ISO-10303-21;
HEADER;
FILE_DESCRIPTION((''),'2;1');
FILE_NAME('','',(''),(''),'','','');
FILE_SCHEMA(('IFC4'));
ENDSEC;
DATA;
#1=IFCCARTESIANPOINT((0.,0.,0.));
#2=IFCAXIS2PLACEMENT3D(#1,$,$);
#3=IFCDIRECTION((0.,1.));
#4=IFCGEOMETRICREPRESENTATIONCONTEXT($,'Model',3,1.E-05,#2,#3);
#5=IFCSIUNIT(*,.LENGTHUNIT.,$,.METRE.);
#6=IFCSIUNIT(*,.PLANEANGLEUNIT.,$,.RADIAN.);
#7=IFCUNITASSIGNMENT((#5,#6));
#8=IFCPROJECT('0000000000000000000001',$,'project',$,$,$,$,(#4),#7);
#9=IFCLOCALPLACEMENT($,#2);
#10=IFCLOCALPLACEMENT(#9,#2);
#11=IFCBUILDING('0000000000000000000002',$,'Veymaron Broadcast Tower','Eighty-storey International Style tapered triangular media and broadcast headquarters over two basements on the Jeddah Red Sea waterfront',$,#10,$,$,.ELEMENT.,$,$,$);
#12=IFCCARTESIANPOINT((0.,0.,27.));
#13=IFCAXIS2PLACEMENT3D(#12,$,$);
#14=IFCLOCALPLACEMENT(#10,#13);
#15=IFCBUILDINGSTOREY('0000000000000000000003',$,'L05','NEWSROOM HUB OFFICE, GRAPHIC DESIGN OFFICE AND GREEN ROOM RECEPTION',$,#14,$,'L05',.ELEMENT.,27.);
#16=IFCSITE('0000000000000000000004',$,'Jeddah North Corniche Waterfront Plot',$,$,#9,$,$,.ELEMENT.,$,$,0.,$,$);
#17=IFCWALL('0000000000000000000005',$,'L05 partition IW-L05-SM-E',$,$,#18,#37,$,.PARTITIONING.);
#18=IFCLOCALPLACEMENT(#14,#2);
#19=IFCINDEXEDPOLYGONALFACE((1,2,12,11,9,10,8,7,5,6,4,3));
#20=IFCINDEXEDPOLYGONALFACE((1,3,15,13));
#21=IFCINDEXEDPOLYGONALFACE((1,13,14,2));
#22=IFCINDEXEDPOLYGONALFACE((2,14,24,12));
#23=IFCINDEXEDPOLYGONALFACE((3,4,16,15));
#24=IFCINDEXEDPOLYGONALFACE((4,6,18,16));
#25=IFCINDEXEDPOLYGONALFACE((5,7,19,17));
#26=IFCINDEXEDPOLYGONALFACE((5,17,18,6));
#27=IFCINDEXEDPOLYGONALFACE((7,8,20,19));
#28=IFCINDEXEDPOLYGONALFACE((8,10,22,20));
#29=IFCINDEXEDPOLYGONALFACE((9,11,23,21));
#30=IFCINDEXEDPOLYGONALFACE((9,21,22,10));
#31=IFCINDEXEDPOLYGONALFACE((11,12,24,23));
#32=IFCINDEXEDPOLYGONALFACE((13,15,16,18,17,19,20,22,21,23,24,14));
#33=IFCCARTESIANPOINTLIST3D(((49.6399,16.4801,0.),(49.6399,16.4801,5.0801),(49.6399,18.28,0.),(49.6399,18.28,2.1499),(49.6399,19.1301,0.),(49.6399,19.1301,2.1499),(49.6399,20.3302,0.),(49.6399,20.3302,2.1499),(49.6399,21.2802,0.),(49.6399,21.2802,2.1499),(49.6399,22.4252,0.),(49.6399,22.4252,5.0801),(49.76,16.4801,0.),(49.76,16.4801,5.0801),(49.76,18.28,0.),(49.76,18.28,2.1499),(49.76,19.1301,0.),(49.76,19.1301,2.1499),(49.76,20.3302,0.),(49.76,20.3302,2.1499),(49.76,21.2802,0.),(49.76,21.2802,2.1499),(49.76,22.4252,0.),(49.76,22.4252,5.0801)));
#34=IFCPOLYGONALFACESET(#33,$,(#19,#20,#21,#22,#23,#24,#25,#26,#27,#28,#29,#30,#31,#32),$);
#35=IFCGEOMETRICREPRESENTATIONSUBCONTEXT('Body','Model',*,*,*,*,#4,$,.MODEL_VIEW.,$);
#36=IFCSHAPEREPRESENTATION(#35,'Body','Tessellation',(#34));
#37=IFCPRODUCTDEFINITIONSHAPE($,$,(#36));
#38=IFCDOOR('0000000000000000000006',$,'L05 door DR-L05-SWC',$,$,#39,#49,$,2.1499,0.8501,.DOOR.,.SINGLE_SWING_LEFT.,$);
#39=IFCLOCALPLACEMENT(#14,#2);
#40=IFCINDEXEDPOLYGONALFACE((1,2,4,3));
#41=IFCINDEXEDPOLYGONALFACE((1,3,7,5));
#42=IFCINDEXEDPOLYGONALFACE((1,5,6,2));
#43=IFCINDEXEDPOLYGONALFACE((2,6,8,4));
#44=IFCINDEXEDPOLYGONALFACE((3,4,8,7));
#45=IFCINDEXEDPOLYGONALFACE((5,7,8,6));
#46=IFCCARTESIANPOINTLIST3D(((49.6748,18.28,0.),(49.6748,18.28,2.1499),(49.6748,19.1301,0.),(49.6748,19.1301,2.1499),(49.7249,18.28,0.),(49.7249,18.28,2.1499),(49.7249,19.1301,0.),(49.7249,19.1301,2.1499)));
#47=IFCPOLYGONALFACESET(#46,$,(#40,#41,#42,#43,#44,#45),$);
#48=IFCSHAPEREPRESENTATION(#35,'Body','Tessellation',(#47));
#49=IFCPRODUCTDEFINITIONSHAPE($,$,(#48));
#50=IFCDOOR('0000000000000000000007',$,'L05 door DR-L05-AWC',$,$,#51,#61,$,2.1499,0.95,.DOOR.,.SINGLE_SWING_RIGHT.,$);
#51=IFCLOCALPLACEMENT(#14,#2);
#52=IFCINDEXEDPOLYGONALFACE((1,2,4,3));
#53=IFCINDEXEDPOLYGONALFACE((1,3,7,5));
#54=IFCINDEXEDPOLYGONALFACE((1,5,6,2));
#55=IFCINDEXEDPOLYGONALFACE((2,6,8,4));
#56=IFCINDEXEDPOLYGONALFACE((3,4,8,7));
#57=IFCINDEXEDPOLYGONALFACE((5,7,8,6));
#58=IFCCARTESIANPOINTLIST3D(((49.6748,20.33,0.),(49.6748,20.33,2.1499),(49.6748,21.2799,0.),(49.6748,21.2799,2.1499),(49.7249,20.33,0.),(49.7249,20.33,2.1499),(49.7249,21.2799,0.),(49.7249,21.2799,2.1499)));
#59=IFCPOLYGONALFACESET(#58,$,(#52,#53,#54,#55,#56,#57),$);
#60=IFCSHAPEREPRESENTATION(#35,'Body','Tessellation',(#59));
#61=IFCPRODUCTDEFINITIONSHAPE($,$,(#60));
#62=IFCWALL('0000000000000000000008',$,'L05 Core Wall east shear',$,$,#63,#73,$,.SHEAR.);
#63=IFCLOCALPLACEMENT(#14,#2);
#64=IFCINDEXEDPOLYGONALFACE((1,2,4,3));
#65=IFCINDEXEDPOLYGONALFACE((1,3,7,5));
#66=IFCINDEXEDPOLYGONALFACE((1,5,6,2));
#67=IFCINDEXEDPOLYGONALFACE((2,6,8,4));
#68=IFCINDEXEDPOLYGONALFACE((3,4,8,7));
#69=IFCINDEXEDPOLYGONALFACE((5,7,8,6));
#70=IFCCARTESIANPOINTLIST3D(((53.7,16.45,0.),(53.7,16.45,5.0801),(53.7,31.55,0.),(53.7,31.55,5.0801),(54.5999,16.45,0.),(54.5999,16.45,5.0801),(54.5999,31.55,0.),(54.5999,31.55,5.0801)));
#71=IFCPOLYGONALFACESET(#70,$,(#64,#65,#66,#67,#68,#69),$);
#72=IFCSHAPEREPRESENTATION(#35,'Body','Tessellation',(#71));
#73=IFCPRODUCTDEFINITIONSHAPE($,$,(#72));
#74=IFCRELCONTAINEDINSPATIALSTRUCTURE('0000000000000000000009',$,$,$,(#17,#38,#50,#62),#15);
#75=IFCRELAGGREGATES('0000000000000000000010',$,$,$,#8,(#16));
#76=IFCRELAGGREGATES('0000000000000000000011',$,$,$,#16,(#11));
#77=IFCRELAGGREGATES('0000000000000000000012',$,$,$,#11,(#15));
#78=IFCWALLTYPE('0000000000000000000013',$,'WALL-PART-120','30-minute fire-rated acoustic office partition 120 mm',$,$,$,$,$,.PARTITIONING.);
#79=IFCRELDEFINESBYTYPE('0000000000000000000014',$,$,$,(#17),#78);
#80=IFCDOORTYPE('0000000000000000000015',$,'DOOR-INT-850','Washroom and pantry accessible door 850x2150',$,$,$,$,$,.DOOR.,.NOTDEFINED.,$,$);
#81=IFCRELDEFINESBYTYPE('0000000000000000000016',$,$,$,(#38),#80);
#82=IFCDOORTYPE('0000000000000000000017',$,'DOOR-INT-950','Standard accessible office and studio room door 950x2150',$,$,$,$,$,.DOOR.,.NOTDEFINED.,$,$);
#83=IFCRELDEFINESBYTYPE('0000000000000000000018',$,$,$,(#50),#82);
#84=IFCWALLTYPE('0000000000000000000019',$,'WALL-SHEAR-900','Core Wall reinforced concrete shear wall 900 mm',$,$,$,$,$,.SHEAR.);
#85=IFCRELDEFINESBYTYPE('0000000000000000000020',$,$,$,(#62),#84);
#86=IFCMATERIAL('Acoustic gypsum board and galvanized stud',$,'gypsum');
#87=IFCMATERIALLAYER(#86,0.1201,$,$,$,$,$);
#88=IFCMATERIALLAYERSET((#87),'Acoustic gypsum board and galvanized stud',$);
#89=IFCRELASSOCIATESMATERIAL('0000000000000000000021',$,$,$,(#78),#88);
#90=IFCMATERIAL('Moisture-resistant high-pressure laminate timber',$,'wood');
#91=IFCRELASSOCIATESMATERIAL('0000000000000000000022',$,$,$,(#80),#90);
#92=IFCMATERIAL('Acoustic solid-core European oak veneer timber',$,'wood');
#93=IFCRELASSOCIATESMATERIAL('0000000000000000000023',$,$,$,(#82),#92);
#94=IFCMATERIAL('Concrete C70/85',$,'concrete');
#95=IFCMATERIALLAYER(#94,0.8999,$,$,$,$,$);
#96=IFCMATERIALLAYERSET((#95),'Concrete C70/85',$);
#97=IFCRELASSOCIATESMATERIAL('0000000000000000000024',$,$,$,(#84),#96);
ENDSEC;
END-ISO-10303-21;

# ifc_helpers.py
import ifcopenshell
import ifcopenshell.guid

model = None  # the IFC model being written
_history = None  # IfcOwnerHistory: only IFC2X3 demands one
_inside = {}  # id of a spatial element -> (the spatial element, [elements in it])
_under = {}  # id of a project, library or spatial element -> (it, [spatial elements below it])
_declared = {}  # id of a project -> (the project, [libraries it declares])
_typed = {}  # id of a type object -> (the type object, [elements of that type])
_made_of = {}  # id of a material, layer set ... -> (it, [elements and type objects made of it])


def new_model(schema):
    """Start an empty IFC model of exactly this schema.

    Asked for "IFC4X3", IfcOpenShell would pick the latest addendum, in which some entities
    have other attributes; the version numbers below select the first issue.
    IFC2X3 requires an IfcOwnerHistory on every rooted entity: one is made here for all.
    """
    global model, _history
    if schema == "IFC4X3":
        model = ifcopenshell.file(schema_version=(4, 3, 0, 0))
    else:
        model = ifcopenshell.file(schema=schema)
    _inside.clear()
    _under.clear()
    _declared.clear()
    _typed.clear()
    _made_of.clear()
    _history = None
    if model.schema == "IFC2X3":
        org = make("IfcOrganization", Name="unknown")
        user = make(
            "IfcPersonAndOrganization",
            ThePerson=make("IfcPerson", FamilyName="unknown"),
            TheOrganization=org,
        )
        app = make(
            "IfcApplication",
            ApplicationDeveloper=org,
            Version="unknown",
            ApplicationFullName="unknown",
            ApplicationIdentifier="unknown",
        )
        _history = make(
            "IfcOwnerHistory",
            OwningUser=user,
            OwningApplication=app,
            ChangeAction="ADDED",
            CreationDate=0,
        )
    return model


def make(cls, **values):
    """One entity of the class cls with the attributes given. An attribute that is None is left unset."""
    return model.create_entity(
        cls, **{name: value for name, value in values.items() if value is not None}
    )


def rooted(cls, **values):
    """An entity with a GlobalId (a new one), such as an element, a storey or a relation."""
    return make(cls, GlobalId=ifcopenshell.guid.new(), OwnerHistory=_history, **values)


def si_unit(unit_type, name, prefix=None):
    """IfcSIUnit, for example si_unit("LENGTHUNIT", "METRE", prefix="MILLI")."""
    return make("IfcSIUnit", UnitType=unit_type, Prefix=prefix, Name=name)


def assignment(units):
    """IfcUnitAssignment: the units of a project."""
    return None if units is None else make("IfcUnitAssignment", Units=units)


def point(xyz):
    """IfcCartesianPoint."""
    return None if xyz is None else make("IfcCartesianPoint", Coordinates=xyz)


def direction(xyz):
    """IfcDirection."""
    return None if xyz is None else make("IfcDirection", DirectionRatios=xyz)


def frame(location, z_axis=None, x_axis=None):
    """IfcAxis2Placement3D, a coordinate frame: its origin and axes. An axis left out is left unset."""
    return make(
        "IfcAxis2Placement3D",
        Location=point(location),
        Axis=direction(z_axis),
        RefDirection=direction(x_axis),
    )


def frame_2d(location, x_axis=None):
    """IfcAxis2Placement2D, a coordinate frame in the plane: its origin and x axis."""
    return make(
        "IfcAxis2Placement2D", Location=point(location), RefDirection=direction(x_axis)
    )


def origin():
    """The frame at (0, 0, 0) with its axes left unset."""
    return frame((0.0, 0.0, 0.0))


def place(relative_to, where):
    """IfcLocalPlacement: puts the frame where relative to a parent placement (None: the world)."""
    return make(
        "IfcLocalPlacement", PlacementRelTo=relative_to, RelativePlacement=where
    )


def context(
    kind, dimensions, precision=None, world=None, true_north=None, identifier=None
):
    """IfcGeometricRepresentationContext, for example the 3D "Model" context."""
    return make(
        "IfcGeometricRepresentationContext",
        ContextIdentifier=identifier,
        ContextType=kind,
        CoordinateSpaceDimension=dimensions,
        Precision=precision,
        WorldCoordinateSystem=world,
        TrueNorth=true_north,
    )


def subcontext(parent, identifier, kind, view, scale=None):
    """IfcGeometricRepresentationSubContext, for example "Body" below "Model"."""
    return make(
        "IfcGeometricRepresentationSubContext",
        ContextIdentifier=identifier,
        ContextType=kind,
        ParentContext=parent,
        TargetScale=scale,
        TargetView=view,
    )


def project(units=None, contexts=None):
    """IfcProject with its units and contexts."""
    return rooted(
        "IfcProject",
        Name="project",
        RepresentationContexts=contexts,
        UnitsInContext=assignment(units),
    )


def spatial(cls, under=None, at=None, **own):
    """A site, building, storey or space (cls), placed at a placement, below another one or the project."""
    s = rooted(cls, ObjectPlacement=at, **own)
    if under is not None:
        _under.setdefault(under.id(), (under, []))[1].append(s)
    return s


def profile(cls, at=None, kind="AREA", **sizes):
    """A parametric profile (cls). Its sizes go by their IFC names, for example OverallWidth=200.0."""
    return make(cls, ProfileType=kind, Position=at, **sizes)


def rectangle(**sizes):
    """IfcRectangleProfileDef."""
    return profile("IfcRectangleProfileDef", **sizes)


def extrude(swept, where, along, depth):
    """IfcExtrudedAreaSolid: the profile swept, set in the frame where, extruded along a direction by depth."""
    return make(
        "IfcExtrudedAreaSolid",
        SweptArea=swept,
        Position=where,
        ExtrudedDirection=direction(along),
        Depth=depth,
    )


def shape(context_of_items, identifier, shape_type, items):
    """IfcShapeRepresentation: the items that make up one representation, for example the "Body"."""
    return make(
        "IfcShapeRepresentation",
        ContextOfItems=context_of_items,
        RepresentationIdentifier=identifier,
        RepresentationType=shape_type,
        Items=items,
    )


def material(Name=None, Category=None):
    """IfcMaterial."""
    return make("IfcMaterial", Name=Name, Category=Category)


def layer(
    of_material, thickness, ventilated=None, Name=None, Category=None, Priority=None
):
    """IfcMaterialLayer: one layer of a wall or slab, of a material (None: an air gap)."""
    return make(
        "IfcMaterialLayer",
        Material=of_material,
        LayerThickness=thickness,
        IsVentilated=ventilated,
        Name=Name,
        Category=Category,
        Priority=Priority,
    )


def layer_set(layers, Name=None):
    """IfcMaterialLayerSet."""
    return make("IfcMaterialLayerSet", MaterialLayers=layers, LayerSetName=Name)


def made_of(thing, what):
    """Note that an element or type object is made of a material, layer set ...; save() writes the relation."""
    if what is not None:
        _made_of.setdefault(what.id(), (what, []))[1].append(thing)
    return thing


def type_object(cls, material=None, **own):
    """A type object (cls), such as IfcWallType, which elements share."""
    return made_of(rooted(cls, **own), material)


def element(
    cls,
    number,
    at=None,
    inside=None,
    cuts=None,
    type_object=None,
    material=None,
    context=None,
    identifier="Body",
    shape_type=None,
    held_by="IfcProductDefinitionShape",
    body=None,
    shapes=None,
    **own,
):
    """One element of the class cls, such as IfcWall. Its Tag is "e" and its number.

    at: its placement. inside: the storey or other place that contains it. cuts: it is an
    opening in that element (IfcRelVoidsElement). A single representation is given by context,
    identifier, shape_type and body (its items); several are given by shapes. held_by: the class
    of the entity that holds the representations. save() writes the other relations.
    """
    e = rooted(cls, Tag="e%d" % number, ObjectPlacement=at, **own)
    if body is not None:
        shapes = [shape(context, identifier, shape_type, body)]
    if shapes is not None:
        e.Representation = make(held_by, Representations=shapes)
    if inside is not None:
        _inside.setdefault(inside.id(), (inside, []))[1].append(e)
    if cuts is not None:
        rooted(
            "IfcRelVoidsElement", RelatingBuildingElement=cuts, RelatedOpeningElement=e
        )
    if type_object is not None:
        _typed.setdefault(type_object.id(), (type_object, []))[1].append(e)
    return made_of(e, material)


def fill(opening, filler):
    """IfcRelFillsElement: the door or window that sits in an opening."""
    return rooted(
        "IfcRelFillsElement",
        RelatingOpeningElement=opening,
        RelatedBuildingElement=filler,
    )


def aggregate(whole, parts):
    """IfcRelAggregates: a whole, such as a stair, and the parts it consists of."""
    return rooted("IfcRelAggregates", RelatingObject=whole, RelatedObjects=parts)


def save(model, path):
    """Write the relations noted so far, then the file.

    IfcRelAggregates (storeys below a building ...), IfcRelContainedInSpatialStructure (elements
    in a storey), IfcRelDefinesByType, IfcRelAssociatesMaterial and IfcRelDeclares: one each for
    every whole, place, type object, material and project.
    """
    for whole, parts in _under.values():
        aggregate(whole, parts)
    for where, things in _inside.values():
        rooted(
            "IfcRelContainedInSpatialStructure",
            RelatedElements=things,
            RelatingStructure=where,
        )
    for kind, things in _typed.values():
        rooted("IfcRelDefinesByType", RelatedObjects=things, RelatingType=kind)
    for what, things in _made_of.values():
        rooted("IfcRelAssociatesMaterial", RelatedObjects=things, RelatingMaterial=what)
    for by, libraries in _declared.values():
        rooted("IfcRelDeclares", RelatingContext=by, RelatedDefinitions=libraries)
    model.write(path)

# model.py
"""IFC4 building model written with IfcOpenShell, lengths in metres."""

from ifc_helpers import new_model, si_unit, direction, frame, frame_2d, origin, place, context, subcontext, project, spatial, rectangle, extrude, material, layer, layer_set, type_object, element, fill, save


model = new_model("IFC4")

# Units and contexts
model_context = context("Model", 3, precision=1e-05, world=origin(), true_north=direction((0.0, 1.0)))
body_context = subcontext(model_context, "Body", "Model", "MODEL_VIEW")
ifc_project = project(units=[si_unit("LENGTHUNIT", "METRE"), si_unit("PLANEANGLEUNIT", "RADIAN")], contexts=[model_context])

# Site, building, storey
site_placement = place(None, origin())
site = spatial("IfcSite", under=ifc_project, at=site_placement, Name="Jeddah North Corniche Waterfront Plot", CompositionType="ELEMENT", RefElevation=0.0)
building_placement = place(site_placement, origin())
building = spatial("IfcBuilding", under=site, at=building_placement, Name="Veymaron Broadcast Tower", Description="Eighty-storey International Style tapered triangular media and broadcast headquarters over two basements on the Jeddah Red Sea waterfront", CompositionType="ELEMENT")
storey_placement = place(building_placement, frame((0.0, 0.0, 27.0)))
storey = spatial("IfcBuildingStorey", under=building, at=storey_placement, Name="L05", Description="NEWSROOM HUB OFFICE, GRAPHIC DESIGN OFFICE AND GREEN ROOM RECEPTION", LongName="L05", CompositionType="ELEMENT", Elevation=27.0)

# Shared definitions
ifc_material_1 = material(Name="Acoustic gypsum board and galvanized stud", Category="gypsum")
ifc_layer_1 = layer(ifc_material_1, 0.1201)
ifc_layer_set_1 = layer_set([ifc_layer_1], Name="Acoustic gypsum board and galvanized stud")
wall_type_1 = type_object("IfcWallType", Name="WALL-PART-120", Description="30-minute fire-rated acoustic office partition 120 mm", PredefinedType="PARTITIONING", material=ifc_layer_set_1)

# Wall, openings, doors
wall_1_placement = place(storey_placement, frame((49.7, 16.48, 0.0), z_axis=(0.0, 0.0, 1.0), x_axis=(0.0, 1.0, 0.0)))
wall_1 = element("IfcWall", 1, at=wall_1_placement, inside=storey, type_object=wall_type_1, Name="L05 partition IW-L05-SM-E", PredefinedType="PARTITIONING", context=body_context, shape_type="SweptSolid", body=[
    extrude(rectangle(XDim=5.9451, YDim=0.1201, at=frame_2d((2.9727, 0.0))), origin(), (0.0, 0.0, 1.0), 5.0801),
])
opening_1_placement = place(wall_1_placement, frame((1.8, 0.0, 0.0)))
opening_1 = element("IfcOpeningElement", 2, at=opening_1_placement, cuts=wall_1, PredefinedType="OPENING", context=body_context, shape_type="SweptSolid", body=[
    extrude(rectangle(XDim=0.8501, YDim=2.1499, at=frame_2d((0.425, 1.075))), frame((0.0, 0.0701, 0.0), z_axis=(0.0, -1.0, 0.0), x_axis=(1.0, 0.0, 0.0)), (0.0, 0.0, 1.0), 0.1401),
])
opening_2_placement = place(wall_1_placement, frame((3.8501, 0.0, 0.0)))
opening_2 = element("IfcOpeningElement", 3, at=opening_2_placement, cuts=wall_1, PredefinedType="OPENING", context=body_context, shape_type="SweptSolid", body=[
    extrude(rectangle(XDim=0.95, YDim=2.1499, at=frame_2d((0.4751, 1.075))), frame((0.0, 0.0701, 0.0), z_axis=(0.0, -1.0, 0.0), x_axis=(1.0, 0.0, 0.0)), (0.0, 0.0, 1.0), 0.1401),
])
ifc_material_2 = material(Name="Moisture-resistant high-pressure laminate timber", Category="wood")
door_type_1 = type_object("IfcDoorType", Name="DOOR-INT-850", Description="Washroom and pantry accessible door 850x2150", OperationType="NOTDEFINED", PredefinedType="DOOR", material=ifc_material_2)
door_1_placement = place(opening_1_placement, frame((0.8501, 0.0, 0.0), z_axis=(0.0, 0.0, 1.0), x_axis=(-1.0, 0.0, 0.0)))
door_1 = element("IfcDoor", 4, at=door_1_placement, inside=storey, type_object=door_type_1, Name="L05 door DR-L05-SWC", OperationType="SINGLE_SWING_LEFT", OverallHeight=2.1499, OverallWidth=0.8501, PredefinedType="DOOR", context=body_context, shape_type="SweptSolid", body=[
    extrude(rectangle(XDim=0.8501, YDim=2.1499, at=frame_2d((0.425, 1.075))), frame((0.0, 0.0249, 0.0), z_axis=(0.0, -1.0, 0.0), x_axis=(1.0, 0.0, 0.0)), (0.0, 0.0, 1.0), 0.05),
])
fill(opening_1, door_1)
ifc_material_3 = material(Name="Acoustic solid-core European oak veneer timber", Category="wood")
door_type_2 = type_object("IfcDoorType", Name="DOOR-INT-950", Description="Standard accessible office and studio room door 950x2150", OperationType="NOTDEFINED", PredefinedType="DOOR", material=ifc_material_3)
door_2_placement = place(opening_2_placement, frame((0.95, 0.0, 0.0), z_axis=(0.0, 0.0, 1.0), x_axis=(-1.0, 0.0, 0.0)))
door_2 = element("IfcDoor", 5, at=door_2_placement, inside=storey, type_object=door_type_2, Name="L05 door DR-L05-AWC", OperationType="SINGLE_SWING_RIGHT", OverallHeight=2.1499, OverallWidth=0.95, PredefinedType="DOOR", context=body_context, shape_type="SweptSolid", body=[
    extrude(rectangle(XDim=0.95, YDim=2.1499, at=frame_2d((0.4751, 1.075))), frame((0.0, 0.0249, 0.0), z_axis=(0.0, -1.0, 0.0), x_axis=(1.0, 0.0, 0.0)), (0.0, 0.0, 1.0), 0.05),
])
fill(opening_2, door_2)

# Wall
ifc_material_4 = material(Name="Concrete C70/85", Category="concrete")
ifc_layer_2 = layer(ifc_material_4, 0.8999)
ifc_layer_set_2 = layer_set([ifc_layer_2], Name="Concrete C70/85")
wall_type_2 = type_object("IfcWallType", Name="WALL-SHEAR-900", Description="Core Wall reinforced concrete shear wall 900 mm", PredefinedType="SHEAR", material=ifc_layer_set_2)
wall_2_placement = place(storey_placement, frame((54.1499, 16.45, 0.0), z_axis=(0.0, 0.0, 1.0), x_axis=(0.0, 1.0, 0.0)))
element("IfcWall", 6, at=wall_2_placement, inside=storey, type_object=wall_type_2, Name="L05 Core Wall east shear", PredefinedType="SHEAR", context=body_context, shape_type="SweptSolid", body=[
    extrude(rectangle(XDim=15.1001, YDim=0.8999, at=frame_2d((7.55, 0.0))), origin(), (0.0, 0.0, 1.0), 5.0801),
])

save(model, "model.ifc")
